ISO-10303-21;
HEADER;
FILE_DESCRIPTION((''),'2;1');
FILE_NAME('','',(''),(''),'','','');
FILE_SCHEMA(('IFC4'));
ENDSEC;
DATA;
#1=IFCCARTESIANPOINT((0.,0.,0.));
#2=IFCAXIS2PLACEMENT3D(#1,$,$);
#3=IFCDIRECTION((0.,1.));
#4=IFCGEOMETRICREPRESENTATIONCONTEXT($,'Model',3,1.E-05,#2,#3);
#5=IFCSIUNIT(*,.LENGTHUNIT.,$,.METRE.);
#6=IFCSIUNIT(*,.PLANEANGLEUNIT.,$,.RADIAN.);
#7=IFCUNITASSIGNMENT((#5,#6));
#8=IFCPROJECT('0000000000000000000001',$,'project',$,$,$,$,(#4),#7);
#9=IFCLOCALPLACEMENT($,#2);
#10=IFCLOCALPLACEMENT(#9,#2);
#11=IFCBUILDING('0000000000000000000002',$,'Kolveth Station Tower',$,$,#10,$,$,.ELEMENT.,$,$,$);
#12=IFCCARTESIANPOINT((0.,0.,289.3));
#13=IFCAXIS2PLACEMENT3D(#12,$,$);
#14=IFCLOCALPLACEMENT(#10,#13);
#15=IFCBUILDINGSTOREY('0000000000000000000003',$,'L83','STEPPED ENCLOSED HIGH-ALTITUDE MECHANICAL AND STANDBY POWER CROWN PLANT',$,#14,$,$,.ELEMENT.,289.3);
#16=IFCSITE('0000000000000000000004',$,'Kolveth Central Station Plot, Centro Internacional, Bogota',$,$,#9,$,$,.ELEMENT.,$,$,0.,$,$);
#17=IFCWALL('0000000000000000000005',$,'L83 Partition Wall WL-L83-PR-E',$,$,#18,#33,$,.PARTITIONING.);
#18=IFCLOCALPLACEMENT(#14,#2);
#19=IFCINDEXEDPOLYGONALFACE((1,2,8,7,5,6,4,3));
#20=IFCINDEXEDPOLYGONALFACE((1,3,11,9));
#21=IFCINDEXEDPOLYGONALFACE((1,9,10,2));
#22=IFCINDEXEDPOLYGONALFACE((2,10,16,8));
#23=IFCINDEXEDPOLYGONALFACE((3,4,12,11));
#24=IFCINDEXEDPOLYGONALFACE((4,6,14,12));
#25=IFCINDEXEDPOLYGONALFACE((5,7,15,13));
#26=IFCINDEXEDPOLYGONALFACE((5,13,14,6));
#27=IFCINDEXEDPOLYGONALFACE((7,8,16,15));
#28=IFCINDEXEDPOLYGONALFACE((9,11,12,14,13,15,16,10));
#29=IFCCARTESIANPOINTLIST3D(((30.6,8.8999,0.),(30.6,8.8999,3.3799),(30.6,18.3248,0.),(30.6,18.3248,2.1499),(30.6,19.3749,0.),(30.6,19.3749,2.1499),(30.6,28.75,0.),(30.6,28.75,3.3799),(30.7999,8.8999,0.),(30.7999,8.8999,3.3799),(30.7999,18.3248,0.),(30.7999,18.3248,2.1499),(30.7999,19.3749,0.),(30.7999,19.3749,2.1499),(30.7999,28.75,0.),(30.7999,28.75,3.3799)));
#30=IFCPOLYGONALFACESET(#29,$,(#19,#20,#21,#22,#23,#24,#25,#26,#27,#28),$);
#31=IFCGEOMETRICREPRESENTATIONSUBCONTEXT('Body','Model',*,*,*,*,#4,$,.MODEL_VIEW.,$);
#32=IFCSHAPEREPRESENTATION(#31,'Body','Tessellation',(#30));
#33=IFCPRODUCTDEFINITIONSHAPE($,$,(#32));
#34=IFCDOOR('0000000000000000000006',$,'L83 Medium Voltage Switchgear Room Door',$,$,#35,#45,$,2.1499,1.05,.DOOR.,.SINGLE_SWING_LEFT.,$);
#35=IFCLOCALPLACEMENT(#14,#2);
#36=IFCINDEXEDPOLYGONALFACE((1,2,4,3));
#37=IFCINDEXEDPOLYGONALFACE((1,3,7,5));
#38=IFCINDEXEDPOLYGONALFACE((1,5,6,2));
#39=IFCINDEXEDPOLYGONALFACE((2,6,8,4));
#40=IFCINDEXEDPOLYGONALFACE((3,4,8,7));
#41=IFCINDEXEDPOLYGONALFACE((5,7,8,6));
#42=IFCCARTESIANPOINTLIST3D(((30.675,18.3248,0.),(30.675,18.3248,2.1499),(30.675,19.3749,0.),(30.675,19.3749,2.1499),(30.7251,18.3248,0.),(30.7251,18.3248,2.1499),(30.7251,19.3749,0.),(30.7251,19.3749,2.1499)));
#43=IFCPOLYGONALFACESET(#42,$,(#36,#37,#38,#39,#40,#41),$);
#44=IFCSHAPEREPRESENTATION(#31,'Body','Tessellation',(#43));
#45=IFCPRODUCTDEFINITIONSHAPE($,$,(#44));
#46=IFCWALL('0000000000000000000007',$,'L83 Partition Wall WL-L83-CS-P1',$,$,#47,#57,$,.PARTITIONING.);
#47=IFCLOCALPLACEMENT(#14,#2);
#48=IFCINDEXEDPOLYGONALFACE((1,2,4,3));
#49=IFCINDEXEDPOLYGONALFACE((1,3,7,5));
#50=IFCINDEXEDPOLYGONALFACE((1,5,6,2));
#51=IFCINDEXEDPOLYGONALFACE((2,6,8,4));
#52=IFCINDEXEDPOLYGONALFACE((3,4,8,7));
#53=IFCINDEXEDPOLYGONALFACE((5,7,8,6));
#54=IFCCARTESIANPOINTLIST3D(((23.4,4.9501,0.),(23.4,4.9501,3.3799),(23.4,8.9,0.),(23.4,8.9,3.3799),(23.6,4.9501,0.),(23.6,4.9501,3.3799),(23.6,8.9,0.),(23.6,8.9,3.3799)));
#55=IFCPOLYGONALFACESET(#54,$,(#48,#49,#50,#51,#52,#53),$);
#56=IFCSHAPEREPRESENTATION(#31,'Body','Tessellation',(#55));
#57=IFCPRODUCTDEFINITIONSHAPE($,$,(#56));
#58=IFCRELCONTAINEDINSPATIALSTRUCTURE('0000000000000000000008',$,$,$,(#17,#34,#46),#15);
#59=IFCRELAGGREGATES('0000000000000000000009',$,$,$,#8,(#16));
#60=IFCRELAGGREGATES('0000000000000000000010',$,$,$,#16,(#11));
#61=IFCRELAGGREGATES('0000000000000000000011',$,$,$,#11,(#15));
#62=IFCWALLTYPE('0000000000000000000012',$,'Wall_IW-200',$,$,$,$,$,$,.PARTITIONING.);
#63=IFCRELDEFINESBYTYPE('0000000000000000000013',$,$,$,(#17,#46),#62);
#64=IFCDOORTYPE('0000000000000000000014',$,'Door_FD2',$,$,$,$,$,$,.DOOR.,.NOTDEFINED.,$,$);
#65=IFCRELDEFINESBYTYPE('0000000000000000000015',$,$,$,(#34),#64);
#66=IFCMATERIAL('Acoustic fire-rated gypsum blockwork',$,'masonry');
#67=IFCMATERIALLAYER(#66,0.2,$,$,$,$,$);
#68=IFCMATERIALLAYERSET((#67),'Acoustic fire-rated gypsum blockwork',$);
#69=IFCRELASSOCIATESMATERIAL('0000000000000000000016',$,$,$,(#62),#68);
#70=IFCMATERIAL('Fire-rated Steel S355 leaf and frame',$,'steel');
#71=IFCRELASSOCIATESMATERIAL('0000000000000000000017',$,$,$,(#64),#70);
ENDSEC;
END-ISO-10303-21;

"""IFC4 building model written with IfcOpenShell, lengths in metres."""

from ifc_helpers import new_model, si_unit, direction, frame, frame_2d, origin, place, context, subcontext, project, spatial, rectangle, extrude, material, layer, layer_set, type_object, element, fill, save


model = new_model("IFC4")

# Units and contexts
model_context = context("Model", 3, precision=1e-05, world=origin(), true_north=direction((0.0, 1.0)))
body_context = subcontext(model_context, "Body", "Model", "MODEL_VIEW")
ifc_project = project(units=[si_unit("LENGTHUNIT", "METRE"), si_unit("PLANEANGLEUNIT", "RADIAN")], contexts=[model_context])

# Site, building, storey
site_placement = place(None, origin())
site = spatial("IfcSite", under=ifc_project, at=site_placement, Name="Kolveth Central Station Plot, Centro Internacional, Bogota", CompositionType="ELEMENT", RefElevation=0.0)
building_placement = place(site_placement, origin())
building = spatial("IfcBuilding", under=site, at=building_placement, Name="Kolveth Station Tower", CompositionType="ELEMENT")
storey_placement = place(building_placement, frame((0.0, 0.0, 289.3)))
storey = spatial("IfcBuildingStorey", under=building, at=storey_placement, Name="L83", Description="STEPPED ENCLOSED HIGH-ALTITUDE MECHANICAL AND STANDBY POWER CROWN PLANT", CompositionType="ELEMENT", Elevation=289.3)

# Wall, opening, door
ifc_material_1 = material(Name="Acoustic fire-rated gypsum blockwork", Category="masonry")
ifc_layer_1 = layer(ifc_material_1, 0.2)
ifc_layer_set_1 = layer_set([ifc_layer_1], Name="Acoustic fire-rated gypsum blockwork")
wall_type = type_object("IfcWallType", Name="Wall_IW-200", PredefinedType="PARTITIONING", material=ifc_layer_set_1)
wall_1_placement = place(storey_placement, frame((30.7, 8.8999, 0.0), z_axis=(0.0, 0.0, 1.0), x_axis=(0.0, 1.0, 0.0)))
wall_1 = element("IfcWall", 1, at=wall_1_placement, inside=storey, type_object=wall_type, Name="L83 Partition Wall WL-L83-PR-E", PredefinedType="PARTITIONING", context=body_context, shape_type="SweptSolid", body=[
    extrude(rectangle(XDim=19.8501, YDim=0.2, at=frame_2d((9.925, 0.0))), origin(), (0.0, 0.0, 1.0), 3.3799),
])
opening_placement = place(wall_1_placement, frame((9.425, 0.0, 0.0)))
opening = element("IfcOpeningElement", 2, at=opening_placement, cuts=wall_1, PredefinedType="OPENING", context=body_context, shape_type="SweptSolid", body=[
    extrude(rectangle(XDim=1.05, YDim=2.1499, at=frame_2d((0.5249, 1.075))), frame((0.0, 0.1099, 0.0), z_axis=(0.0, -1.0, 0.0), x_axis=(1.0, 0.0, 0.0)), (0.0, 0.0, 1.0), 0.22),
])
ifc_material_2 = material(Name="Fire-rated Steel S355 leaf and frame", Category="steel")
door_type = type_object("IfcDoorType", Name="Door_FD2", OperationType="NOTDEFINED", PredefinedType="DOOR", material=ifc_material_2)
door_placement = place(opening_placement, origin())
door = element("IfcDoor", 3, at=door_placement, inside=storey, type_object=door_type, Name="L83 Medium Voltage Switchgear Room Door", OperationType="SINGLE_SWING_LEFT", OverallHeight=2.1499, OverallWidth=1.05, PredefinedType="DOOR", context=body_context, shape_type="SweptSolid", body=[
    extrude(rectangle(XDim=1.05, YDim=2.1499, at=frame_2d((0.5249, 1.075))), frame((0.0, 0.0249, 0.0), z_axis=(0.0, -1.0, 0.0), x_axis=(1.0, 0.0, 0.0)), (0.0, 0.0, 1.0), 0.05),
])
fill(opening, door)

# Wall
wall_2_placement = place(storey_placement, frame((23.5, 4.95, 0.0), z_axis=(0.0, 0.0, 1.0), x_axis=(0.0, 1.0, 0.0)))
element("IfcWall", 4, at=wall_2_placement, inside=storey, type_object=wall_type, Name="L83 Partition Wall WL-L83-CS-P1", PredefinedType="PARTITIONING", context=body_context, shape_type="SweptSolid", body=[
    extrude(rectangle(XDim=3.95, YDim=0.2, at=frame_2d((1.9751, 0.0))), origin(), (0.0, 0.0, 1.0), 3.3799),
])

save(model, "model.ifc")
